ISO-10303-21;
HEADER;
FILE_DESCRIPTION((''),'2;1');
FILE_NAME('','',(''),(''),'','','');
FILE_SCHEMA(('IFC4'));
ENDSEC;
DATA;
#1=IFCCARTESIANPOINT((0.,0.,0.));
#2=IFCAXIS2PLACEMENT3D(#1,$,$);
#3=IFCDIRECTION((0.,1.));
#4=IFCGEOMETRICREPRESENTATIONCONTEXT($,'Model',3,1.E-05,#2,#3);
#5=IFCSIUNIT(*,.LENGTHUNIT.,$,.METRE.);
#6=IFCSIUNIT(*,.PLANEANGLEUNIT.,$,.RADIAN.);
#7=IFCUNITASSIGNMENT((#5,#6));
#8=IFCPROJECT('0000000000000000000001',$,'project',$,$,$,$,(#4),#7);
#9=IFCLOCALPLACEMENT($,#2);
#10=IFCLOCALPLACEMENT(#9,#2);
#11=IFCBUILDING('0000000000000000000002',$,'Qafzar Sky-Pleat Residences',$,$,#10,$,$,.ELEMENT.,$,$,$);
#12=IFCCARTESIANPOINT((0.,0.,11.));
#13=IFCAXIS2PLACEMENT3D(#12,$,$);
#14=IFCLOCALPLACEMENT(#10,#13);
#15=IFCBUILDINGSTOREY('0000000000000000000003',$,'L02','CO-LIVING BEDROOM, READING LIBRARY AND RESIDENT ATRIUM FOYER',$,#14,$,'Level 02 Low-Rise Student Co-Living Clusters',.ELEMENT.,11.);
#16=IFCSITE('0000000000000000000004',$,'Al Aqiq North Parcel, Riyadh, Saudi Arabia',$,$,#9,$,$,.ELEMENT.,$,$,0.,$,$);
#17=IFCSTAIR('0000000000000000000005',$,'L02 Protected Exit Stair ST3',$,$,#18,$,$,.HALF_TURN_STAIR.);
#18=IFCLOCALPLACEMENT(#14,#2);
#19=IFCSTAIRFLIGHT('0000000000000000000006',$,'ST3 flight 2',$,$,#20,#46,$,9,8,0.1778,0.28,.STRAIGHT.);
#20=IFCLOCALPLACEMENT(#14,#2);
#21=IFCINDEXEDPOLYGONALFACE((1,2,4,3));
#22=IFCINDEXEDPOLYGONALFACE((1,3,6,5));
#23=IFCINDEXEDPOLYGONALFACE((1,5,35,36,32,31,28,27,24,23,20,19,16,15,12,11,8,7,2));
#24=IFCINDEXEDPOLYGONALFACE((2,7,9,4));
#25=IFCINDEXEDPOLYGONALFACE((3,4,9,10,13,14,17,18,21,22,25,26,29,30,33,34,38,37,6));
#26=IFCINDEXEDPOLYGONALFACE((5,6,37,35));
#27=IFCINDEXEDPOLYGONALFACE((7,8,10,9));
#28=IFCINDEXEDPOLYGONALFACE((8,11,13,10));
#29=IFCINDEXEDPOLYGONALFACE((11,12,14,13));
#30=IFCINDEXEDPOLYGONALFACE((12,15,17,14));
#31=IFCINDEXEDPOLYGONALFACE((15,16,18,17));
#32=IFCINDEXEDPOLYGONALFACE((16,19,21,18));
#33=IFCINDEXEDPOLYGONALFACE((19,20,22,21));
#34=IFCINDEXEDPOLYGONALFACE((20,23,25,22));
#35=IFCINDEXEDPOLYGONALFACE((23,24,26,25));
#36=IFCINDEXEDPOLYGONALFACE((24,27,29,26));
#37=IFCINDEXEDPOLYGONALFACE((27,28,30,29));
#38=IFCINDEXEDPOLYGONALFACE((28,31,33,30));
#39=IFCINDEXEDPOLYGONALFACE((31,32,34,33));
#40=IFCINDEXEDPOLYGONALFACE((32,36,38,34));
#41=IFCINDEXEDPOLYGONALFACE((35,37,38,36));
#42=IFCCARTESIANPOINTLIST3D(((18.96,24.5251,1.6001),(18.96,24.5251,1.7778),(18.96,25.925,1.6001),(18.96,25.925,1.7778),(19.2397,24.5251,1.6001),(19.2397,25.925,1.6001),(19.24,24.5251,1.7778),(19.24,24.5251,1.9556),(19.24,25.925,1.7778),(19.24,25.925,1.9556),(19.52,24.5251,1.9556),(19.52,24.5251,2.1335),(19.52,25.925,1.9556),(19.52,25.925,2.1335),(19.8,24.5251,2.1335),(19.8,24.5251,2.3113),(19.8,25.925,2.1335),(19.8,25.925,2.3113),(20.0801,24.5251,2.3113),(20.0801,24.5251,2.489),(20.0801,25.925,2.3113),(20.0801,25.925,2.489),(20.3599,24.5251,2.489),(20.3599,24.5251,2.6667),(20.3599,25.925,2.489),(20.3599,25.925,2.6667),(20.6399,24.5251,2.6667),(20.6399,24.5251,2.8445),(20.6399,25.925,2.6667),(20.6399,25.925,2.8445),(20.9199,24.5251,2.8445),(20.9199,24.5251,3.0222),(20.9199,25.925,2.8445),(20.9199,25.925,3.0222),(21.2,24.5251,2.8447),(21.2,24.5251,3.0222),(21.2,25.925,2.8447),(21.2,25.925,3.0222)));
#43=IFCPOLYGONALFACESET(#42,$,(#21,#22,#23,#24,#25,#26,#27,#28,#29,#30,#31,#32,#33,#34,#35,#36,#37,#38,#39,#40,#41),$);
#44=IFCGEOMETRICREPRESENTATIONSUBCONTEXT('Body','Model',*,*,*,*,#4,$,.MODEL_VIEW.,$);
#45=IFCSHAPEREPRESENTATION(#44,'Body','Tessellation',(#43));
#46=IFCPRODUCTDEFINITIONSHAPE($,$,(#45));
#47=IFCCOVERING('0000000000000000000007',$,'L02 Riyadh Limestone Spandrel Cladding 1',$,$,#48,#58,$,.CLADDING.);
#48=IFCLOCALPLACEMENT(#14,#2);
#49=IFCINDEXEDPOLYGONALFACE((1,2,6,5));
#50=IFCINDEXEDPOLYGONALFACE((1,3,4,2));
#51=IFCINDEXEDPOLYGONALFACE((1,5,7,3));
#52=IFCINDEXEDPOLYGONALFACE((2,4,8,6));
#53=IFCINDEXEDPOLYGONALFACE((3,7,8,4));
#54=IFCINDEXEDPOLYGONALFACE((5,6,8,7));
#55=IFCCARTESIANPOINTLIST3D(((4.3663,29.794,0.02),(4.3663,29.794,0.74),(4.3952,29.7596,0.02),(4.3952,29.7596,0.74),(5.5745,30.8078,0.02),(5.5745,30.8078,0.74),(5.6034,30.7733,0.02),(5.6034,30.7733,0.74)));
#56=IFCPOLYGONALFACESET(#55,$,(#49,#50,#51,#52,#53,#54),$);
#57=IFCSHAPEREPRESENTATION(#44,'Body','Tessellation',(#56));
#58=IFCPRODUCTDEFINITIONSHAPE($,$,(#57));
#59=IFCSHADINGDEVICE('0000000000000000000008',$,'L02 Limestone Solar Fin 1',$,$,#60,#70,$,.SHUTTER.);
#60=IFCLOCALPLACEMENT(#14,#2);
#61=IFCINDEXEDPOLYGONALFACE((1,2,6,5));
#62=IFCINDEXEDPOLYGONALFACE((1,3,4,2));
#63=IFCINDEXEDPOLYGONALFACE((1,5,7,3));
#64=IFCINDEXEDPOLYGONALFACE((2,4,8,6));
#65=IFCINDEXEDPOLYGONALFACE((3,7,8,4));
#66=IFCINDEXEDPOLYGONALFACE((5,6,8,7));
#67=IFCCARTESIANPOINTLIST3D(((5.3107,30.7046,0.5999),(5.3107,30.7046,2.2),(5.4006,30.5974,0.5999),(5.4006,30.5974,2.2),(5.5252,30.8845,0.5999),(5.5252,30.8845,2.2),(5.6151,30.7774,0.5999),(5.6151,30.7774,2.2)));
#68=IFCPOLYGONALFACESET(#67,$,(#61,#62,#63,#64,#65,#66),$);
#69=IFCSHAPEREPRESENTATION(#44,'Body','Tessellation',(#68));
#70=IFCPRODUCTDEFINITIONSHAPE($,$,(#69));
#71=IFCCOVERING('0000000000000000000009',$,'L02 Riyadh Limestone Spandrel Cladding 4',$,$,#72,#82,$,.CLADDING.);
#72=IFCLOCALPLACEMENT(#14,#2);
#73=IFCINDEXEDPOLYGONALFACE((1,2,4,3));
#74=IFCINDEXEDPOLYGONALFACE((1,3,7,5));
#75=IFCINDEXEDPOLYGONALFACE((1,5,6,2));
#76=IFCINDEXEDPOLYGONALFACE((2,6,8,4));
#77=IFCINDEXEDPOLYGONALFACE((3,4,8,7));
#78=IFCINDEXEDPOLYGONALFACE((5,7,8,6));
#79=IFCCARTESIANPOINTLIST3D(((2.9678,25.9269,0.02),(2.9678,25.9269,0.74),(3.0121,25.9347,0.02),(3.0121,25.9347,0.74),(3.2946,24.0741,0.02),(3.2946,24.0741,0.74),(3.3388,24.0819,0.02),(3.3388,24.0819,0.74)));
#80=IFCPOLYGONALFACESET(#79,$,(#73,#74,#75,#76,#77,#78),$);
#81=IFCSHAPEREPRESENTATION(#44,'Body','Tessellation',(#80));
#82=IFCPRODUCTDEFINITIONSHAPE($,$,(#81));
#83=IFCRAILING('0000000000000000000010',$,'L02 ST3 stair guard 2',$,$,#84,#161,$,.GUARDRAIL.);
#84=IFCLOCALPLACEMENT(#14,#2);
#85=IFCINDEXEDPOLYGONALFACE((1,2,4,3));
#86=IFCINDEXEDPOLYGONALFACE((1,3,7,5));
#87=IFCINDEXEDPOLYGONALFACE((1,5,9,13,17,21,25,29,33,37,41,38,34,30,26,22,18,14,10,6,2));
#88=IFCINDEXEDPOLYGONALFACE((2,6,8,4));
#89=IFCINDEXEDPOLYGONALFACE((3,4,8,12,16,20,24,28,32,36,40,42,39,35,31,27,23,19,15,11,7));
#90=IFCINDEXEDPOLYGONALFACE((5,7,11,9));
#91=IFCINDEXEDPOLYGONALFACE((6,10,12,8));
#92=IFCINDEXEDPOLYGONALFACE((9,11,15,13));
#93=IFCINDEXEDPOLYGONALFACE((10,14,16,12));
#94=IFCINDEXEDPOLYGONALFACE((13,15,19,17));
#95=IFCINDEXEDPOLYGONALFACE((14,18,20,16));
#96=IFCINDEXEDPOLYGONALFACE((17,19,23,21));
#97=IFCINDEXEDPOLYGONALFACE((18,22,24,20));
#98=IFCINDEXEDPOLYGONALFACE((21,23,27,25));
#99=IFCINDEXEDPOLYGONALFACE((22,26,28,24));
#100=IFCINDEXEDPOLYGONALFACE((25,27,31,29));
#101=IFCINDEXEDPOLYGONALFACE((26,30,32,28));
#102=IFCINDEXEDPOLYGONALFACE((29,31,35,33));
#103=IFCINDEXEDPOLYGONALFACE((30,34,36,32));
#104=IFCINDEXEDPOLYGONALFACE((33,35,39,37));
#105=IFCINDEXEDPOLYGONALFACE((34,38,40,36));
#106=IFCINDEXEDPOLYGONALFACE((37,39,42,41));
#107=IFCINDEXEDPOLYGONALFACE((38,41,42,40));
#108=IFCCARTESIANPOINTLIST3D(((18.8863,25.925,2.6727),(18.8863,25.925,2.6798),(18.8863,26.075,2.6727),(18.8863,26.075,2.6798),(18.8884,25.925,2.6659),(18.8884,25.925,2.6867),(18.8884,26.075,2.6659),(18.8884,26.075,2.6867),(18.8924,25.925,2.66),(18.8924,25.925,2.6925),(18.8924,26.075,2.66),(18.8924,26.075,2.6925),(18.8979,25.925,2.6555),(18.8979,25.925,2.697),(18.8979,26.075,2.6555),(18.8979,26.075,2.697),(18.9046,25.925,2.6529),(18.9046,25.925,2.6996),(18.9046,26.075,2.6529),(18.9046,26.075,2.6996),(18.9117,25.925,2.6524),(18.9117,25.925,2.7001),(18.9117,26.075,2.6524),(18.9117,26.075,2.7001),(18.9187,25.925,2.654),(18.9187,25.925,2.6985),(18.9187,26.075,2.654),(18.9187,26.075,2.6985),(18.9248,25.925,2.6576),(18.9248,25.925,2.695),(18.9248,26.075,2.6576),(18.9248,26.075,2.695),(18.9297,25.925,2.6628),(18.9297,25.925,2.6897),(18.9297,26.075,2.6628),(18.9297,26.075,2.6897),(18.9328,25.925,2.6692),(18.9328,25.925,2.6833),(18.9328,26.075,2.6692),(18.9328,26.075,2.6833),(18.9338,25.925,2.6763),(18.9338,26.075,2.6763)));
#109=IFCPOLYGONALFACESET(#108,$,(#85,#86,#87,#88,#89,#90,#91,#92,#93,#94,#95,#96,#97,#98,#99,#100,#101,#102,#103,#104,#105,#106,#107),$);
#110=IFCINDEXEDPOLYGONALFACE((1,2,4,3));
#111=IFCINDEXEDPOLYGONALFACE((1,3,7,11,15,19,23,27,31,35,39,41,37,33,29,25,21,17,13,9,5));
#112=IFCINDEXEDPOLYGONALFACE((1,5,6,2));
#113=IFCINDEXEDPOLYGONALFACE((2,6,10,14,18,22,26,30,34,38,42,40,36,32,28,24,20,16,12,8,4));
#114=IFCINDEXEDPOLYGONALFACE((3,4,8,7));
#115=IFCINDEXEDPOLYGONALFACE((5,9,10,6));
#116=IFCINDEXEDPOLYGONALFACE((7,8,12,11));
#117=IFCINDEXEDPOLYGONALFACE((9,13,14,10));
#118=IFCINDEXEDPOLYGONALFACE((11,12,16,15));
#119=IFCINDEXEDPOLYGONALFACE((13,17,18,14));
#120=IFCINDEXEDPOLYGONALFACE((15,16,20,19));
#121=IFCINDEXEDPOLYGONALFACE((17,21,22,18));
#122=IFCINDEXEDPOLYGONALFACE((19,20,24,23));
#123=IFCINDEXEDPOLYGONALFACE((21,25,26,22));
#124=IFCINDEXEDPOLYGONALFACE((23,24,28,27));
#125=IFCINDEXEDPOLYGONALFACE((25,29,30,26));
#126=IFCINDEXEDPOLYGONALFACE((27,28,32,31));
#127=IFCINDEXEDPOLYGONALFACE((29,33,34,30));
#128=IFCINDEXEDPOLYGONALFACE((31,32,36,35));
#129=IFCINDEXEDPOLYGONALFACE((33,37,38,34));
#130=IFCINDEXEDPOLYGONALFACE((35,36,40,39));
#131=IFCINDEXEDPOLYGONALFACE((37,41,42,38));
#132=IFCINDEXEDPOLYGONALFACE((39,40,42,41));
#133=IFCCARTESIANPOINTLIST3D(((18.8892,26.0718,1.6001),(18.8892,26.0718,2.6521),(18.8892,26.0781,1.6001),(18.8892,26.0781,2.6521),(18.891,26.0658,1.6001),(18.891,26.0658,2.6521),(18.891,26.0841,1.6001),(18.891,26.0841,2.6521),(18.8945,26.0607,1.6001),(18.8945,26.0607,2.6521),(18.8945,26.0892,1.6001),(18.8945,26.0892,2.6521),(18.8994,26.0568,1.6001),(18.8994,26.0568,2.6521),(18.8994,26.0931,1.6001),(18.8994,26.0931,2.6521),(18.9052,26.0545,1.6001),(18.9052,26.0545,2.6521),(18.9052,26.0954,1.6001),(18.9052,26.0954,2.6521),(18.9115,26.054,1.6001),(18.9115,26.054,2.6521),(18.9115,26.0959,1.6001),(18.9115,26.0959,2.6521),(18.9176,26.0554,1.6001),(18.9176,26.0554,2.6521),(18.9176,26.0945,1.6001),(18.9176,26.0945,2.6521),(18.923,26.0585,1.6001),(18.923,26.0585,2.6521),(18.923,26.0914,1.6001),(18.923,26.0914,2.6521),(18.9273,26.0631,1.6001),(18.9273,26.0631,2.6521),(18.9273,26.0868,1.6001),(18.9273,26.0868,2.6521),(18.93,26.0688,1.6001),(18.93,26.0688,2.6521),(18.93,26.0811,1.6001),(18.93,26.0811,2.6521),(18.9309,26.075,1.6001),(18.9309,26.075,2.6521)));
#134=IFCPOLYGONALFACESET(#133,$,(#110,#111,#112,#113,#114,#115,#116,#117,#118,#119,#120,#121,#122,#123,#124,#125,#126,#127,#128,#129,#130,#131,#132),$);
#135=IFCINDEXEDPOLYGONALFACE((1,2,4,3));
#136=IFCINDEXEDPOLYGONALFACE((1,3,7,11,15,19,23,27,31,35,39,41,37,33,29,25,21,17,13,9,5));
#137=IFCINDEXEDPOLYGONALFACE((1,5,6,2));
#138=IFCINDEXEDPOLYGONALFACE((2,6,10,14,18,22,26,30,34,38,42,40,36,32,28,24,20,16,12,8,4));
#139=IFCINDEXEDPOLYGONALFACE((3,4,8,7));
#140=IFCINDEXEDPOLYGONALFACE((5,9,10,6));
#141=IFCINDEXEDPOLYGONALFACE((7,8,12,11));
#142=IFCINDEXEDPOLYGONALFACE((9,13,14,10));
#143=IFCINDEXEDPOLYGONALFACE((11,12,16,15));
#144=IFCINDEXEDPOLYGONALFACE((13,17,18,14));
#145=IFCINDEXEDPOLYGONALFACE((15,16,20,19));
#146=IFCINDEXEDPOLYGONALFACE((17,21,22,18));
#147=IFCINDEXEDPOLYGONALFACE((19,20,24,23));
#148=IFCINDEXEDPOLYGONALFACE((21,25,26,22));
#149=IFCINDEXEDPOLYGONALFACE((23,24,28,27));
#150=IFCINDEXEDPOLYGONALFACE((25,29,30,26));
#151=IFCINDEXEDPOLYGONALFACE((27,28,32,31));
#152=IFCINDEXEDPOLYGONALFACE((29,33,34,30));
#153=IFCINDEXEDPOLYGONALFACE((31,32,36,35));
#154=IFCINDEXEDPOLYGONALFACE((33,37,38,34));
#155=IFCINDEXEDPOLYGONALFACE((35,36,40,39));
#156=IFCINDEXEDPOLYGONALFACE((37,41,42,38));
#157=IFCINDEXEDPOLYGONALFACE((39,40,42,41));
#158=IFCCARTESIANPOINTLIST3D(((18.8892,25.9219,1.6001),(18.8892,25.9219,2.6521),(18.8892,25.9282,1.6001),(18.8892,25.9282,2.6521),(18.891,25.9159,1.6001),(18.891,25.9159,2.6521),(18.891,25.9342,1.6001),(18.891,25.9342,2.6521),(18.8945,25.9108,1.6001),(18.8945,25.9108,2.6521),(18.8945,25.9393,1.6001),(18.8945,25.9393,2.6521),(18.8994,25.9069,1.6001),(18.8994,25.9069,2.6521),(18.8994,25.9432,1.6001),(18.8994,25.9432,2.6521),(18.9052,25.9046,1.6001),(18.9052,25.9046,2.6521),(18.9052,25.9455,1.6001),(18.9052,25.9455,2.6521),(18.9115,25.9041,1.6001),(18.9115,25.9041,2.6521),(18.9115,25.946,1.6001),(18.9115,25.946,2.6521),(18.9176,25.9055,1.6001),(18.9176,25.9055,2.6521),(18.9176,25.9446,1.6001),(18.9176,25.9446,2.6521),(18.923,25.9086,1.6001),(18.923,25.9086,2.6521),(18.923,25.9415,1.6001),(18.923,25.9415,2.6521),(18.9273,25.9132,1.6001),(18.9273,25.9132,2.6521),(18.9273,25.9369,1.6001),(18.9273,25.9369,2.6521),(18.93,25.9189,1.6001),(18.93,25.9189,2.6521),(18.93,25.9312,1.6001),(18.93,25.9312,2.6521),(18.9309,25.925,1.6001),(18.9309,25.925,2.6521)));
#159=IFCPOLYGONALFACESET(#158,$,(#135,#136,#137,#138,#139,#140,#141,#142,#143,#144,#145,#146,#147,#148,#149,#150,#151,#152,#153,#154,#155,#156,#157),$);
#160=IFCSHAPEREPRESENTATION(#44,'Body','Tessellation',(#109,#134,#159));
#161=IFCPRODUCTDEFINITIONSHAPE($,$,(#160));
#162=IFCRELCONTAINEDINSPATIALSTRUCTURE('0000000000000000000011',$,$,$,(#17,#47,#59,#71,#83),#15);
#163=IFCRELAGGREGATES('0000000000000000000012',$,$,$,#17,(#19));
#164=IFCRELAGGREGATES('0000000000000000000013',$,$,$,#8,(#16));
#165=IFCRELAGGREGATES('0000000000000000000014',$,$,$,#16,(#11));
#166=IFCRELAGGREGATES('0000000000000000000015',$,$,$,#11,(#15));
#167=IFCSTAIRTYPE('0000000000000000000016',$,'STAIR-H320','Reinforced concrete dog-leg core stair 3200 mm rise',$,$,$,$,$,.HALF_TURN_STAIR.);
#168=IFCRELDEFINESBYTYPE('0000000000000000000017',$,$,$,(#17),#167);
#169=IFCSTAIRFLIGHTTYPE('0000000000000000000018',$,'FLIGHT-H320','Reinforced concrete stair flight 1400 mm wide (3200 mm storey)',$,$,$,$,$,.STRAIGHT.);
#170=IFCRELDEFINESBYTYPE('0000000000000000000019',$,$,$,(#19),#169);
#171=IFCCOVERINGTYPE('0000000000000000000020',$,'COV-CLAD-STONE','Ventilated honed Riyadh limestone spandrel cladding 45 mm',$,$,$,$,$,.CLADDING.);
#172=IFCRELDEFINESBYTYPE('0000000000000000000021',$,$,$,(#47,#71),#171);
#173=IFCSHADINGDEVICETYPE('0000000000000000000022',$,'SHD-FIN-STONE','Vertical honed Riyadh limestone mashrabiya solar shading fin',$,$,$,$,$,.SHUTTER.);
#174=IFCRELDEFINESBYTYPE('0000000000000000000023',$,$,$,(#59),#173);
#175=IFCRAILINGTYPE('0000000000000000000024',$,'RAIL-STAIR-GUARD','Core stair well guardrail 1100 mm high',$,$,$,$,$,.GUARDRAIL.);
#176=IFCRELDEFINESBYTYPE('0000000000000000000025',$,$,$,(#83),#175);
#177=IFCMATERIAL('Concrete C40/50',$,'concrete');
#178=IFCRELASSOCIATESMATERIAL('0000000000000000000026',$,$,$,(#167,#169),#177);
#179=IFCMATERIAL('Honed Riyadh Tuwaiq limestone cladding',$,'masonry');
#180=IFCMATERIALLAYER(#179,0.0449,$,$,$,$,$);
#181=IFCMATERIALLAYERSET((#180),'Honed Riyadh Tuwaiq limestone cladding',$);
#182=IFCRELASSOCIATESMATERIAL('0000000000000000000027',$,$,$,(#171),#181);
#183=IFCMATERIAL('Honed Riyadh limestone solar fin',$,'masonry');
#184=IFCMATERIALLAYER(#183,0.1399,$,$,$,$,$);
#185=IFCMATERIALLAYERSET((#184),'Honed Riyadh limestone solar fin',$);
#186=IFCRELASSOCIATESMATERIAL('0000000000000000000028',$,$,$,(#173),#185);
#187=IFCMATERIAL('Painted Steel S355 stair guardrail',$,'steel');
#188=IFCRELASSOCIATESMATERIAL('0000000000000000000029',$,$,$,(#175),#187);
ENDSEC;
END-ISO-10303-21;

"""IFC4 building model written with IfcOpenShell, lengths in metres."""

from ifc_helpers import new_model, si_unit, direction, frame, origin, origin_2d, place, context, subcontext, project, spatial, polyline, rectangle, circle, outline, extrude, source, transform, mapped, material, layer, layer_set, type_object, element, aggregate, save


model = new_model("IFC4")

# Units and contexts
model_context = context("Model", 3, precision=1e-05, world=origin(), true_north=direction((0.0, 1.0)))
body_context = subcontext(model_context, "Body", "Model", "MODEL_VIEW")
ifc_project = project(units=[si_unit("LENGTHUNIT", "METRE"), si_unit("PLANEANGLEUNIT", "RADIAN")], contexts=[model_context])

# Site, building, storey
site_placement = place(None, origin())
site = spatial("IfcSite", under=ifc_project, at=site_placement, Name="Al Aqiq North Parcel, Riyadh, Saudi Arabia", CompositionType="ELEMENT", RefElevation=0.0)
building_placement = place(site_placement, origin())
building = spatial("IfcBuilding", under=site, at=building_placement, Name="Qafzar Sky-Pleat Residences", CompositionType="ELEMENT")
storey_placement = place(building_placement, frame((0.0, 0.0, 11.0)))
storey = spatial("IfcBuildingStorey", under=building, at=storey_placement, Name="L02", Description="CO-LIVING BEDROOM, READING LIBRARY AND RESIDENT ATRIUM FOYER", LongName="Level 02 Low-Rise Student Co-Living Clusters", CompositionType="ELEMENT", Elevation=11.0)

# Stair, stair flight
ifc_material_1 = material(Name="Concrete C40/50", Category="concrete")
stair_type = type_object("IfcStairType", Name="STAIR-H320", Description="Reinforced concrete dog-leg core stair 3200 mm rise", PredefinedType="HALF_TURN_STAIR", material=ifc_material_1)
stair_placement = place(storey_placement, origin())
stair = element("IfcStair", 1, at=stair_placement, inside=storey, type_object=stair_type, Name="L02 Protected Exit Stair ST3", PredefinedType="HALF_TURN_STAIR")
stair_flight_type = type_object("IfcStairFlightType", Name="FLIGHT-H320", Description="Reinforced concrete stair flight 1400 mm wide (3200 mm storey)", PredefinedType="STRAIGHT", material=ifc_material_1)
shared_shape_1 = source(origin(), body_context, "Body", "SweptSolid", [
    extrude(outline(polyline([(0.0, 0.0), (0.0, 0.1777), (0.28, 0.1777), (0.28, 0.3555), (0.5601, 0.3555), (0.5601, 0.5334), (0.8401, 0.5334), (0.8401, 0.7112), (1.1201, 0.7112), (1.1201, 0.8889), (1.3999, 0.8889), (1.3999, 1.0667), (1.6799, 1.0667), (1.6799, 1.2444), (1.96, 1.2444), (1.96, 1.4221), (2.24, 1.4221), (2.24, 1.6001), (2.24, 1.2446), (0.2798, 0.0), (0.0, 0.0)])), frame((0.0, 0.7, 0.0), z_axis=(0.0, -1.0, 0.0), x_axis=(1.0, 0.0, 0.0)), (0.0, 0.0, 1.0), 1.3999),
])
stair_flight_placement = place(storey_placement, frame((18.96, 25.2251, 1.6001), z_axis=(0.0, 0.0, 1.0), x_axis=(1.0, 0.0, 0.0)))
stair_flight = element("IfcStairFlight", 2, at=stair_flight_placement, type_object=stair_flight_type, Name="ST3 flight 2", NumberOfRisers=9, NumberOfTreads=8, PredefinedType="STRAIGHT", RiserHeight=0.1778, TreadLength=0.28, context=body_context, shape_type="MappedRepresentation", body=[
    mapped(shared_shape_1, transform((0.0, 0.0, 0.0), x_axis=(1.0, 0.0, 0.0), y_axis=(0.0, 1.0, 0.0), z_axis=(0.0, 0.0, 1.0), scale=1.0)),
])
aggregate(stair, [stair_flight])

# Covering
ifc_material_2 = material(Name="Honed Riyadh Tuwaiq limestone cladding", Category="masonry")
ifc_layer_1 = layer(ifc_material_2, 0.0449)
ifc_layer_set_1 = layer_set([ifc_layer_1], Name="Honed Riyadh Tuwaiq limestone cladding")
covering_type = type_object("IfcCoveringType", Name="COV-CLAD-STONE", Description="Ventilated honed Riyadh limestone spandrel cladding 45 mm", PredefinedType="CLADDING", material=ifc_layer_set_1)
shared_shape_2 = source(origin(), body_context, "Body", "SweptSolid", [
    extrude(rectangle(XDim=1.5771, YDim=0.0449, at=origin_2d()), origin(), (0.0, 0.0, 1.0), 0.72),
])
covering_1_placement = place(storey_placement, frame((4.9849, 30.2837, 0.02), z_axis=(0.0, 0.0, 1.0), x_axis=(-0.766075, -0.642752, 0.0)))
element("IfcCovering", 3, at=covering_1_placement, inside=storey, type_object=covering_type, Name="L02 Riyadh Limestone Spandrel Cladding 1", PredefinedType="CLADDING", context=body_context, shape_type="MappedRepresentation", body=[
    mapped(shared_shape_2, transform((0.0, 0.0, 0.0), x_axis=(1.0, 0.0, 0.0), y_axis=(0.0, 1.0, 0.0), z_axis=(0.0, 0.0, 1.0), scale=1.0)),
])

# Shading device
ifc_material_3 = material(Name="Honed Riyadh limestone solar fin", Category="masonry")
ifc_layer_2 = layer(ifc_material_3, 0.1399)
ifc_layer_set_2 = layer_set([ifc_layer_2], Name="Honed Riyadh limestone solar fin")
shading_device_type = type_object("IfcShadingDeviceType", Name="SHD-FIN-STONE", Description="Vertical honed Riyadh limestone mashrabiya solar shading fin", PredefinedType="SHUTTER", material=ifc_layer_set_2)
shared_shape_3 = source(origin(), body_context, "Body", "SweptSolid", [
    extrude(rectangle(XDim=0.1399, YDim=0.28, at=origin_2d()), origin(), (0.0, 0.0, 1.0), 1.6001),
])
shading_device_placement = place(storey_placement, frame((5.4629, 30.741, 0.5999), z_axis=(0.0, 0.0, 1.0), x_axis=(-0.642754, 0.766072, 0.0)))
element("IfcShadingDevice", 4, at=shading_device_placement, inside=storey, type_object=shading_device_type, Name="L02 Limestone Solar Fin 1", PredefinedType="SHUTTER", context=body_context, shape_type="MappedRepresentation", body=[
    mapped(shared_shape_3, transform((0.0, 0.0, 0.0), x_axis=(1.0, 0.0, 0.0), y_axis=(0.0, 1.0, 0.0), z_axis=(0.0, 0.0, 1.0), scale=1.0)),
])

# Covering
shared_shape_4 = source(origin(), body_context, "Body", "SweptSolid", [
    extrude(rectangle(XDim=1.8813, YDim=0.0449, at=origin_2d()), origin(), (0.0, 0.0, 1.0), 0.72),
])
covering_2_placement = place(storey_placement, frame((3.1533, 25.0044, 0.02), z_axis=(0.0, 0.0, 1.0), x_axis=(0.173663, -0.984805, 0.0)))
element("IfcCovering", 5, at=covering_2_placement, inside=storey, type_object=covering_type, Name="L02 Riyadh Limestone Spandrel Cladding 4", PredefinedType="CLADDING", context=body_context, shape_type="MappedRepresentation", body=[
    mapped(shared_shape_4, transform((0.0, 0.0, 0.0), x_axis=(1.0, 0.0, 0.0), y_axis=(0.0, 1.0, 0.0), z_axis=(0.0, 0.0, 1.0), scale=1.0)),
])

# Railing
ifc_material_4 = material(Name="Painted Steel S355 stair guardrail", Category="steel")
railing_type = type_object("IfcRailingType", Name="RAIL-STAIR-GUARD", Description="Core stair well guardrail 1100 mm high", PredefinedType="GUARDRAIL", material=ifc_material_4)
shared_shape_5 = source(origin(), body_context, "Body", "SweptSolid", [
    extrude(circle(Radius=0.0239, at=origin_2d()), frame((0.0, 0.0, 1.0762), z_axis=(0.0, -1.0, 0.0), x_axis=(1.0, 0.0, 0.0)), (0.0, 0.0, 1.0), 0.1499),
    extrude(circle(Radius=0.021, at=origin_2d()), origin(), (0.0, 0.0, 1.0), 1.052),
    extrude(circle(Radius=0.021, at=origin_2d()), frame((0.0, -0.1499, 0.0)), (0.0, 0.0, 1.0), 1.052),
])
railing_1_placement = place(storey_placement, frame((18.9099, 26.075, 1.6001)))
element("IfcRailing", 6, at=railing_1_placement, inside=storey, type_object=railing_type, Name="L02 ST3 stair guard 2", PredefinedType="GUARDRAIL", context=body_context, shape_type="MappedRepresentation", body=[
    mapped(shared_shape_5, transform((0.0, 0.0, 0.0), x_axis=(1.0, 0.0, 0.0), y_axis=(0.0, 1.0, 0.0), z_axis=(0.0, 0.0, 1.0), scale=1.0)),
])

save(model, "model.ifc")
